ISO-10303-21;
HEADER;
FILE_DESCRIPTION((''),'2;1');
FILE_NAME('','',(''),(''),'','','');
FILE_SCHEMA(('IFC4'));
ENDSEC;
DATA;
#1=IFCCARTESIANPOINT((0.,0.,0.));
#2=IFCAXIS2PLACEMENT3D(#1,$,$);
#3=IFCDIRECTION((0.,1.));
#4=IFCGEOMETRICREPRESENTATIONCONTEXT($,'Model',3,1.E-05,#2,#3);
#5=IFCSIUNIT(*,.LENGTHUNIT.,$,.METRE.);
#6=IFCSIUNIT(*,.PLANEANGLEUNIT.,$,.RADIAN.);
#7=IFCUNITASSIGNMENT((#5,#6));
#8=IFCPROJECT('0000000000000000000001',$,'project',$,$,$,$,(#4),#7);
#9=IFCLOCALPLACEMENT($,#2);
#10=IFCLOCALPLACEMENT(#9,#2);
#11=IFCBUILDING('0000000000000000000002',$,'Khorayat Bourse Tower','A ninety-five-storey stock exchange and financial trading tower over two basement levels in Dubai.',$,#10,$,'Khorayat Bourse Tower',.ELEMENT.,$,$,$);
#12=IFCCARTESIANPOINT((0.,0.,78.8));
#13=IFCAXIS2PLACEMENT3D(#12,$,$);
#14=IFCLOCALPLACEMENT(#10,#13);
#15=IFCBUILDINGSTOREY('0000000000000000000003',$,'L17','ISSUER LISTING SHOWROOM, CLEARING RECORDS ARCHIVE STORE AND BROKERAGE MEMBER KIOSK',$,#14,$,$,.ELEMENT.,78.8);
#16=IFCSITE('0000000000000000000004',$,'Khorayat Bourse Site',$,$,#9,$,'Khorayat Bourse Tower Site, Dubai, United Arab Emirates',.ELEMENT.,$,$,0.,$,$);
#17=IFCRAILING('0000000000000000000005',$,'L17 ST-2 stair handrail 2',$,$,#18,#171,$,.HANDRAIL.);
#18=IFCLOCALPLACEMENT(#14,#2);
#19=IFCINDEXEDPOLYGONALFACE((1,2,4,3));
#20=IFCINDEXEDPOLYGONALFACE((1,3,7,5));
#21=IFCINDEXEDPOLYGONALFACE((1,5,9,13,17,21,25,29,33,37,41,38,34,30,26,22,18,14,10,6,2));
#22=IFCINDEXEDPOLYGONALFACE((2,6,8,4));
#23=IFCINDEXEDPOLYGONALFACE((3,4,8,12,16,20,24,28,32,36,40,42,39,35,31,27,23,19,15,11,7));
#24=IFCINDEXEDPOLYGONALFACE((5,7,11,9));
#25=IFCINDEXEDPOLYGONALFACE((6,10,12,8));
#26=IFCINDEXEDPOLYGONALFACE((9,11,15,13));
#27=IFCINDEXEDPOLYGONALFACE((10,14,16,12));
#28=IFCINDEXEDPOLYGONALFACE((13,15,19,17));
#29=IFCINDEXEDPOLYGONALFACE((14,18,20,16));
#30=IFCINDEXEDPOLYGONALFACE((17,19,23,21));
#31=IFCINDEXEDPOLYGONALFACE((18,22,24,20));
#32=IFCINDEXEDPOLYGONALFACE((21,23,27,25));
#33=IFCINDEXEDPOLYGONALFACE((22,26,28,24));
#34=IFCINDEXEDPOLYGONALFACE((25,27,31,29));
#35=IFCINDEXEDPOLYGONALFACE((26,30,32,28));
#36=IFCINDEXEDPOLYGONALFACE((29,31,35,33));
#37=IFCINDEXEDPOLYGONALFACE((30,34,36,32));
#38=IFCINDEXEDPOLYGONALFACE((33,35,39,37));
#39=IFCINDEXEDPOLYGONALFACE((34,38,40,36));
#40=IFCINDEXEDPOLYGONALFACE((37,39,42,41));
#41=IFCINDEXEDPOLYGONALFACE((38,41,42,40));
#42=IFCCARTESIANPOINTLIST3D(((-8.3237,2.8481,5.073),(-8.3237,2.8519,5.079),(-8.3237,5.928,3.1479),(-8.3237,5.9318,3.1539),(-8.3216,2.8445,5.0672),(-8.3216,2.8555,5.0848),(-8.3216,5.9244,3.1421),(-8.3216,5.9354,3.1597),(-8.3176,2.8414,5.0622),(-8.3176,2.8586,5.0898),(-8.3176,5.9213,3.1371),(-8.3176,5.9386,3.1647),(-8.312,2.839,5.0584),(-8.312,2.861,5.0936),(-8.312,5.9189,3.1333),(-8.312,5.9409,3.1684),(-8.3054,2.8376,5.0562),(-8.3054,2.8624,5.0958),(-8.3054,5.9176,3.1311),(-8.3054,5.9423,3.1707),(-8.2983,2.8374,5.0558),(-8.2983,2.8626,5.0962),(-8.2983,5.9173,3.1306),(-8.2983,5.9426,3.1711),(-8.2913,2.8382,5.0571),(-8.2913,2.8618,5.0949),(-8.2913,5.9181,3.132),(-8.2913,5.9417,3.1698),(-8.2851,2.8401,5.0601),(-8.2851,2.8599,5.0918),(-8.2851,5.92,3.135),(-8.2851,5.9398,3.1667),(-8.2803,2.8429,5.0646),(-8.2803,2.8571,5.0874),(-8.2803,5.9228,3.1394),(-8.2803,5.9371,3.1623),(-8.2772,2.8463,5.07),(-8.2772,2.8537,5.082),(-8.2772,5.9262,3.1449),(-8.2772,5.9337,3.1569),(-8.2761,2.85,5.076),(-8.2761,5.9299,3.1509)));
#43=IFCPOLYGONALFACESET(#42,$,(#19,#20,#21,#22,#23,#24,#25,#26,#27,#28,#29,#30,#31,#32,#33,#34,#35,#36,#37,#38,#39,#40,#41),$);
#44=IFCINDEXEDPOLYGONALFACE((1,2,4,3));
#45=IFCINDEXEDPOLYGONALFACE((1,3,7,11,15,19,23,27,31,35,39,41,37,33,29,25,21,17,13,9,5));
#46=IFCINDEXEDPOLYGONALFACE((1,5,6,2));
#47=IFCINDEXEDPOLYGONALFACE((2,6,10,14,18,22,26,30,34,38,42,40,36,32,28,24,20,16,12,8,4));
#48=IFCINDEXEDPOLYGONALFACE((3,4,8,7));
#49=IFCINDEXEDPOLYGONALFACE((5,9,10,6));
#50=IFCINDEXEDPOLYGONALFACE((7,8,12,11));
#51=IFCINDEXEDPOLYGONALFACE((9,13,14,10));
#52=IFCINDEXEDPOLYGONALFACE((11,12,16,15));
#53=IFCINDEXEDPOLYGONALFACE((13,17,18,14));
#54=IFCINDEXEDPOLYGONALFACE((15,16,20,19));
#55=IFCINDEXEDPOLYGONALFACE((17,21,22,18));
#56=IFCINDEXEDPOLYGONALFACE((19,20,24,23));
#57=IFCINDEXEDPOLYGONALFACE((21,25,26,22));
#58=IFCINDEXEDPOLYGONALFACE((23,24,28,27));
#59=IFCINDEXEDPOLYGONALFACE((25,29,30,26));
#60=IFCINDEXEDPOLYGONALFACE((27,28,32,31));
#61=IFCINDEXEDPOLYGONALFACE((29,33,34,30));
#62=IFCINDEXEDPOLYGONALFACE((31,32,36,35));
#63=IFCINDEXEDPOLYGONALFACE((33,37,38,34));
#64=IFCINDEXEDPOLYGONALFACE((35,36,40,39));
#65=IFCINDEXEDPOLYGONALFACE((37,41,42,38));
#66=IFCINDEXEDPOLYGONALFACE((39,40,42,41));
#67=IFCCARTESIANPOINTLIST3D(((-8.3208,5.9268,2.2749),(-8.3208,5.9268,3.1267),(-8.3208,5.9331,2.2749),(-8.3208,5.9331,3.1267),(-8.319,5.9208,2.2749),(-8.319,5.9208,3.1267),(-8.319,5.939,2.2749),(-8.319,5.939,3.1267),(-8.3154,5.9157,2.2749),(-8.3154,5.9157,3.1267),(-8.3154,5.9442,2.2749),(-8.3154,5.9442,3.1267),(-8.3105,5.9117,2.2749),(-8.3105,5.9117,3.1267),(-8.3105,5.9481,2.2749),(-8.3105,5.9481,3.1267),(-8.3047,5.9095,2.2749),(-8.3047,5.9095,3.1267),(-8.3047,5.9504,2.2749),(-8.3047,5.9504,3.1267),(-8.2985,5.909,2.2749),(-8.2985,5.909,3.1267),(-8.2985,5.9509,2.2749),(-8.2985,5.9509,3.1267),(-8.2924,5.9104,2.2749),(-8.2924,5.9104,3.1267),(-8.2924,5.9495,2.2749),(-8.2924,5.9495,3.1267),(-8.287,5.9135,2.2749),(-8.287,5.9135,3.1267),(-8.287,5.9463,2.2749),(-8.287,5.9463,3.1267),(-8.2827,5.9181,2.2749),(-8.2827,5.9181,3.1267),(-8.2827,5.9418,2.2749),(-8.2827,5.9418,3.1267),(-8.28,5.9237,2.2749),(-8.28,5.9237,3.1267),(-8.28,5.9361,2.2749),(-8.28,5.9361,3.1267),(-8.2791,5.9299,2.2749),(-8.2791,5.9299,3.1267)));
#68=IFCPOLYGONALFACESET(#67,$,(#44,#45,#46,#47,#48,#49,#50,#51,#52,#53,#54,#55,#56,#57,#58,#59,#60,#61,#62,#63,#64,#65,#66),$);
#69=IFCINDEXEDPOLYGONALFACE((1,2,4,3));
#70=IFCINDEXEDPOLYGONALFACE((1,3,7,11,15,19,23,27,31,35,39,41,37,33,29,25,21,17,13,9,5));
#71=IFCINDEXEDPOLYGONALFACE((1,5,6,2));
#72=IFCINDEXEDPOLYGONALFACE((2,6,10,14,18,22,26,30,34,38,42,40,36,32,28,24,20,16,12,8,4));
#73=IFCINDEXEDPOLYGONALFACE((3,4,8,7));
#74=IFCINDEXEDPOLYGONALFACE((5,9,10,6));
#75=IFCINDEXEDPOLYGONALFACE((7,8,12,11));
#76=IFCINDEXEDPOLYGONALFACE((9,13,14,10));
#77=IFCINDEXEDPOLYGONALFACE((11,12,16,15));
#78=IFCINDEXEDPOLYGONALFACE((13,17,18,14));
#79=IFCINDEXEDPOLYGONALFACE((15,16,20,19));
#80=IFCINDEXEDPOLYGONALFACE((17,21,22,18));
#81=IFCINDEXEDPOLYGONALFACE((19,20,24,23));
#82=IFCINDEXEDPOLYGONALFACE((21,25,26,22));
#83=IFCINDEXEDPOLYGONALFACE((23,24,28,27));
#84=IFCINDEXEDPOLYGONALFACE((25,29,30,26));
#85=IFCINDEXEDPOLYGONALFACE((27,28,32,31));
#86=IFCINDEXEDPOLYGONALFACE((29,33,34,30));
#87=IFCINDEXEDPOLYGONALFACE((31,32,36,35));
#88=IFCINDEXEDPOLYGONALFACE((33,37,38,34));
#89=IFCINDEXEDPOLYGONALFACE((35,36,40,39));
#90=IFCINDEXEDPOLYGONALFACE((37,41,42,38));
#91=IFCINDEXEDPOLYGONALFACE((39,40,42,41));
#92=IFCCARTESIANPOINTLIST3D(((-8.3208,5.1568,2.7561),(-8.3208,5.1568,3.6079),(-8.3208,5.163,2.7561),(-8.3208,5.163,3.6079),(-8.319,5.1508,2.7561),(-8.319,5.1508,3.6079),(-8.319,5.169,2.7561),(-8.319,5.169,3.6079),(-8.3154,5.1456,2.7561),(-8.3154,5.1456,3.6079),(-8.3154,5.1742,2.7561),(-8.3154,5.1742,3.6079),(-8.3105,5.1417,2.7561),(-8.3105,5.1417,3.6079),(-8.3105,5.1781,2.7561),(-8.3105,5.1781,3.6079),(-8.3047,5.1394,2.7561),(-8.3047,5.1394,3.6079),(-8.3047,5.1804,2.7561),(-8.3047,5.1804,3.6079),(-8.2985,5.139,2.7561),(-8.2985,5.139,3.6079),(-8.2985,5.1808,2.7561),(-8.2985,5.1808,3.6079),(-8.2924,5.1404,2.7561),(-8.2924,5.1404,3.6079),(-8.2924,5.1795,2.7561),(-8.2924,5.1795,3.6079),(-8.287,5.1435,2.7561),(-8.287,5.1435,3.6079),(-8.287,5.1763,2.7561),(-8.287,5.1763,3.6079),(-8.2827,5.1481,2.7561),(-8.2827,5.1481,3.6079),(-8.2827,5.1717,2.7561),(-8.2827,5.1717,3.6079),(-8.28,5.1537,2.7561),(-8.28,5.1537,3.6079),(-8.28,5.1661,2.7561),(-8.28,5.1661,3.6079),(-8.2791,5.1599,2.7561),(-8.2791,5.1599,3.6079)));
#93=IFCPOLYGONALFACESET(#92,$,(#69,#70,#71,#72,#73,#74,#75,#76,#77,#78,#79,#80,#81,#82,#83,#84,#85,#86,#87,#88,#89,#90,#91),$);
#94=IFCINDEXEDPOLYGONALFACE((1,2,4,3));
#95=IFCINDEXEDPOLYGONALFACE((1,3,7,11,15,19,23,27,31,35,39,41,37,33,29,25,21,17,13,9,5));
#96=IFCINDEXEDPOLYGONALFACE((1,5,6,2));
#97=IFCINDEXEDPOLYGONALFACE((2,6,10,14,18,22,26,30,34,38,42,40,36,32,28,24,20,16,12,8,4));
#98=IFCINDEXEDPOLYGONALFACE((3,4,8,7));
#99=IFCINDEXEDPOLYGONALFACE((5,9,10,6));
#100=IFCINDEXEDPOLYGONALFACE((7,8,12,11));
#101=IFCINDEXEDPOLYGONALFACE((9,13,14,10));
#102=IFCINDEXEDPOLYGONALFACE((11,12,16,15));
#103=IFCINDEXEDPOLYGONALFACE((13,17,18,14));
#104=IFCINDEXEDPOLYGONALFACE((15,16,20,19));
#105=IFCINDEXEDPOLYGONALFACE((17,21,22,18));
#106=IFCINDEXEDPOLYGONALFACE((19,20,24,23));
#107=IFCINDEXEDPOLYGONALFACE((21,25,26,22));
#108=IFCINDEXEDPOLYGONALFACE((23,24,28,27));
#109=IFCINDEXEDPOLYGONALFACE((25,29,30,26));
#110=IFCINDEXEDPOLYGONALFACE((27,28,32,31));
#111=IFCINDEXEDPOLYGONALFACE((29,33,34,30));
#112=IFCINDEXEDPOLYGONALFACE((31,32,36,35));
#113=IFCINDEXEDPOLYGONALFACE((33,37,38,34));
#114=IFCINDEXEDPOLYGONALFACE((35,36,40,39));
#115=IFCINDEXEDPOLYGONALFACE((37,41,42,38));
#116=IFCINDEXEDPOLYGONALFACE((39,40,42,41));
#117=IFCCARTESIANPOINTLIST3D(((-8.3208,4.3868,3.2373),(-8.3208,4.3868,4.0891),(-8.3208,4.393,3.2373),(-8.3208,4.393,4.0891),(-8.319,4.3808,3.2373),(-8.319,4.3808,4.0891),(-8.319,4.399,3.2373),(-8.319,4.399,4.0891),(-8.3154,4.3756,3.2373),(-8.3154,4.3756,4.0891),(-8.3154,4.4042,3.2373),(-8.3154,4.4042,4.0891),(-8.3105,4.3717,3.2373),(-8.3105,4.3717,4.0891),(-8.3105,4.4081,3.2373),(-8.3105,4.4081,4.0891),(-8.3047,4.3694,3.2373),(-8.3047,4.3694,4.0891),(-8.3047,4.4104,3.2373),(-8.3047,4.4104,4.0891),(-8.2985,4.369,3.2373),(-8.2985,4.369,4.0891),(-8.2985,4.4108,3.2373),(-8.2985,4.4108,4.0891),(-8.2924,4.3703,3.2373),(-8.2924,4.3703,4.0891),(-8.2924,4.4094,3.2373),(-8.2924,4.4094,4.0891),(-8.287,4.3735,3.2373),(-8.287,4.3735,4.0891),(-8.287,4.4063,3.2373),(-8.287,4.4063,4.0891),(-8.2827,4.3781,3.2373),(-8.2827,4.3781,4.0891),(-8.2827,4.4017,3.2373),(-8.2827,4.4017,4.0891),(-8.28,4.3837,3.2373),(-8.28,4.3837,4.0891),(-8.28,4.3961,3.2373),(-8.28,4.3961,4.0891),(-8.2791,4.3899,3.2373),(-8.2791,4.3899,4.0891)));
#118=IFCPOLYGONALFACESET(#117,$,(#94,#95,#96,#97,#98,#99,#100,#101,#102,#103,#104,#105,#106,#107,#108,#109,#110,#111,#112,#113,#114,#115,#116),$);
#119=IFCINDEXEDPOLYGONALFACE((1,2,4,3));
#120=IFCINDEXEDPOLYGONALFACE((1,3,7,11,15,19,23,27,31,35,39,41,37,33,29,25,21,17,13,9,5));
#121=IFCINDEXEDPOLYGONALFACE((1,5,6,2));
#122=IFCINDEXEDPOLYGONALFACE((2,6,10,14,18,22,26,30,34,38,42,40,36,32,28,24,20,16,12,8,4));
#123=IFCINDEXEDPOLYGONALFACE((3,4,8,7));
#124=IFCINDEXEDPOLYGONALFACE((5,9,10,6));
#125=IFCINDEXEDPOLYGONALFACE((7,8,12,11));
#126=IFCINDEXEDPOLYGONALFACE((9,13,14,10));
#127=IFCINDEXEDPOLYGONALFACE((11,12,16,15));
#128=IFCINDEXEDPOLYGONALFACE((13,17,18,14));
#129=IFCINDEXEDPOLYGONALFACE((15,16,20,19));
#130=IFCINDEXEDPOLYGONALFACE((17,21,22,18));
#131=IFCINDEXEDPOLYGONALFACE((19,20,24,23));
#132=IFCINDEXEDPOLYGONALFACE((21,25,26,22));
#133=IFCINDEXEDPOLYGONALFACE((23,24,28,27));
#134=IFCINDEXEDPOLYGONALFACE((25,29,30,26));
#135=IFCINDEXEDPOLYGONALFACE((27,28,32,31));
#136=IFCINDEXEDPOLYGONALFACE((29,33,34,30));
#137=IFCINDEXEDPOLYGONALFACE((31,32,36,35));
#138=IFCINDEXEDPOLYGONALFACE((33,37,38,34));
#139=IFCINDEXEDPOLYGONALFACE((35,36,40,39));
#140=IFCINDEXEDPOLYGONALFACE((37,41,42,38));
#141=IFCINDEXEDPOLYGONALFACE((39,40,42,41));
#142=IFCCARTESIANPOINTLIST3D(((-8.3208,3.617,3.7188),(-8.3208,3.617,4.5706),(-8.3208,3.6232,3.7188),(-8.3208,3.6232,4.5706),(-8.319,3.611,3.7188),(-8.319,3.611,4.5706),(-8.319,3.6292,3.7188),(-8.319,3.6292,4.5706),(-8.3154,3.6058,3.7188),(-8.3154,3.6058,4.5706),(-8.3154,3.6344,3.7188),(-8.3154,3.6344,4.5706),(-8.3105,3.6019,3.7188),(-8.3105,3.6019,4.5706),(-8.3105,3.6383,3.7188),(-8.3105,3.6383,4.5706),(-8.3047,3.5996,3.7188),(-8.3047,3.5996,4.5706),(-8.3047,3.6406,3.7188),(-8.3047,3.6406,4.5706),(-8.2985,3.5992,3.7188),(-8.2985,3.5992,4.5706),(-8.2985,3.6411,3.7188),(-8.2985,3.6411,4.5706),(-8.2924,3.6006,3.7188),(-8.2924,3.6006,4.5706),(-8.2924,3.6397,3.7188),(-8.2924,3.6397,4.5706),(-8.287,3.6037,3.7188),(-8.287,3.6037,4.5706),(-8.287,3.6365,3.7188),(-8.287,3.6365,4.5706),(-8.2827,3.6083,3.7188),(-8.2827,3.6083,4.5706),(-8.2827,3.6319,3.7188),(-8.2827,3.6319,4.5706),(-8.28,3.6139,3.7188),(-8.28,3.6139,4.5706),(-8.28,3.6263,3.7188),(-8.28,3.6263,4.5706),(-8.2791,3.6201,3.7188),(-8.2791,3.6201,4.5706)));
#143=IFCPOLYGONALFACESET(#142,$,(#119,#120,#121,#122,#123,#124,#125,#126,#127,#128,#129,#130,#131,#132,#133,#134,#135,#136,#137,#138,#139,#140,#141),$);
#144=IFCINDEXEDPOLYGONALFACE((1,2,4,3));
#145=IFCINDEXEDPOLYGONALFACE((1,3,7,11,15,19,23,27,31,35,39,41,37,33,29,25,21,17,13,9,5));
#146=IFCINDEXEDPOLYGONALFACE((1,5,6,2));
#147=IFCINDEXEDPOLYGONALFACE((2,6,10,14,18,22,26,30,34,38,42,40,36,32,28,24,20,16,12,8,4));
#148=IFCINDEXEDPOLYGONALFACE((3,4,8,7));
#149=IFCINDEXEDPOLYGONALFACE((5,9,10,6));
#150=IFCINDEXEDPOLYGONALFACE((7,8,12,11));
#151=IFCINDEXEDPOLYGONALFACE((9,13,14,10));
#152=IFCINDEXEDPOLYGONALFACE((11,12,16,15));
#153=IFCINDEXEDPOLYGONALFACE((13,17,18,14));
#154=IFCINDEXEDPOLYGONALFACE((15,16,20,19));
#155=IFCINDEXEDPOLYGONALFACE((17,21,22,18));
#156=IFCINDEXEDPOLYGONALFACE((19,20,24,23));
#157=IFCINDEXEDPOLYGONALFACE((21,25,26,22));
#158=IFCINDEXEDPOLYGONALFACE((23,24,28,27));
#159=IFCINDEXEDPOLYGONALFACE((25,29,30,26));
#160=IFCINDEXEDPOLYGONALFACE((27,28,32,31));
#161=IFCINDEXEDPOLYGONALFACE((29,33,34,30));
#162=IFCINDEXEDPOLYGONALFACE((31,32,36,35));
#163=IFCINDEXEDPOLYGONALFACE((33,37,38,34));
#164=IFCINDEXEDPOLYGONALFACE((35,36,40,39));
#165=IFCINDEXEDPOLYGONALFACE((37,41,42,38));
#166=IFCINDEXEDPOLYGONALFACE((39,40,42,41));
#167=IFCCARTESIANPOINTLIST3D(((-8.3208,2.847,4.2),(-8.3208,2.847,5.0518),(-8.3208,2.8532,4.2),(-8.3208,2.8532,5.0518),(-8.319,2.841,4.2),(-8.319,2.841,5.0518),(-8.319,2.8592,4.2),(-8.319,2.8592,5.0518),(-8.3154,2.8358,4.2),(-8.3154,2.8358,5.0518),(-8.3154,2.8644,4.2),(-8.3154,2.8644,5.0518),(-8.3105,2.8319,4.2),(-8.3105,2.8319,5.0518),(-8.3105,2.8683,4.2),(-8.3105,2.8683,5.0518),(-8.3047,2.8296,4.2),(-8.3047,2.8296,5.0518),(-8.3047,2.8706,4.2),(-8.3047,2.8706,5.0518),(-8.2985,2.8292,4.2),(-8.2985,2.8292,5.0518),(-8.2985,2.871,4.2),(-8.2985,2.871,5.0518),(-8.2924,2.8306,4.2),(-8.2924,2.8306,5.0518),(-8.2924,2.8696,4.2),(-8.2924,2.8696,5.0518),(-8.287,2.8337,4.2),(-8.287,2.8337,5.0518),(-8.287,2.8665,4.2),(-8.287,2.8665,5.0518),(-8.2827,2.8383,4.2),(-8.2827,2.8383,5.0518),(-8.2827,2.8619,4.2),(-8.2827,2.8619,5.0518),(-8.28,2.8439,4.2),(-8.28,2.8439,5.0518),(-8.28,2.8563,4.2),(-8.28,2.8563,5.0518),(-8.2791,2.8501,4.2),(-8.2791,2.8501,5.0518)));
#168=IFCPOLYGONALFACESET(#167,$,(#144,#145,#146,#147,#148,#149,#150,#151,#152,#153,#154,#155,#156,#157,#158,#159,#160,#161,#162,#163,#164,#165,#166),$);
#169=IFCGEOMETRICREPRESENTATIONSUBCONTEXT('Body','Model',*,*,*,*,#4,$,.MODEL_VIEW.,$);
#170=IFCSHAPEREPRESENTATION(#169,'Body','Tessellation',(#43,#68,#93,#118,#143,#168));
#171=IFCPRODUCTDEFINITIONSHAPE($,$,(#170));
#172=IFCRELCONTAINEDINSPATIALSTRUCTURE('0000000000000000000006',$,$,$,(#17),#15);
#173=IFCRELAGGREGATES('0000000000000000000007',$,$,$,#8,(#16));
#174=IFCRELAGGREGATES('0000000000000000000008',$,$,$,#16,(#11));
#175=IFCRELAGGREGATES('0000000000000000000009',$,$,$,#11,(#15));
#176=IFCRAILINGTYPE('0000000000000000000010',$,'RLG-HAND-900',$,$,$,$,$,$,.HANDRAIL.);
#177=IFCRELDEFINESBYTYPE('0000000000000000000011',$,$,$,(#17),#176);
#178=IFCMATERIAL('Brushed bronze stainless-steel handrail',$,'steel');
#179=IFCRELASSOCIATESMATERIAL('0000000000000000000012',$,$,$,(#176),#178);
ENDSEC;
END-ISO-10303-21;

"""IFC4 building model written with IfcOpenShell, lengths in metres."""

from ifc_helpers import new_model, si_unit, direction, frame, origin, origin_2d, place, context, subcontext, project, spatial, circle, extrude, source, transform, mapped, material, type_object, element, save


model = new_model("IFC4")

# Units and contexts
model_context = context("Model", 3, precision=1e-05, world=origin(), true_north=direction((0.0, 1.0)))
body_context = subcontext(model_context, "Body", "Model", "MODEL_VIEW")
ifc_project = project(units=[si_unit("LENGTHUNIT", "METRE"), si_unit("PLANEANGLEUNIT", "RADIAN")], contexts=[model_context])

# Site, building, storey
site_placement = place(None, origin())
site = spatial("IfcSite", under=ifc_project, at=site_placement, Name="Khorayat Bourse Site", LongName="Khorayat Bourse Tower Site, Dubai, United Arab Emirates", CompositionType="ELEMENT", RefElevation=0.0)
building_placement = place(site_placement, origin())
building = spatial("IfcBuilding", under=site, at=building_placement, Name="Khorayat Bourse Tower", Description="A ninety-five-storey stock exchange and financial trading tower over two basement levels in Dubai.", LongName="Khorayat Bourse Tower", CompositionType="ELEMENT")
storey_placement = place(building_placement, frame((0.0, 0.0, 78.8)))
storey = spatial("IfcBuildingStorey", under=building, at=storey_placement, Name="L17", Description="ISSUER LISTING SHOWROOM, CLEARING RECORDS ARCHIVE STORE AND BROKERAGE MEMBER KIOSK", CompositionType="ELEMENT", Elevation=78.8)

# Railing
ifc_material_1 = material(Name="Brushed bronze stainless-steel handrail", Category="steel")
railing_type_1 = type_object("IfcRailingType", Name="RLG-HAND-900", PredefinedType="HANDRAIL", material=ifc_material_1)
shared_shape_1 = source(origin(), body_context, "Body", "SweptSolid", [
    extrude(circle(Radius=0.0239, at=origin_2d()), frame((0.0, 0.0, 0.876), z_axis=(0.0, -0.847979, 0.530029), x_axis=(1.0, 0.0, 0.0)), (0.0, 0.0, 1.0), 3.6321),
    extrude(circle(Radius=0.021, at=origin_2d()), origin(), (0.0, 0.0, 1.0), 0.8518),
    extrude(circle(Radius=0.021, at=origin_2d()), frame((0.0, -0.77, 0.4812)), (0.0, 0.0, 1.0), 0.8518),
    extrude(circle(Radius=0.021, at=origin_2d()), frame((0.0, -1.54, 0.9624)), (0.0, 0.0, 1.0), 0.8518),
    extrude(circle(Radius=0.021, at=origin_2d()), frame((0.0, -2.3098, 1.4438)), (0.0, 0.0, 1.0), 0.8518),
    extrude(circle(Radius=0.021, at=origin_2d()), frame((0.0, -3.0798, 1.925)), (0.0, 0.0, 1.0), 0.8518),
])
railing_1_placement = place(storey_placement, frame((-8.3, 5.9299, 2.2749)))
element("IfcRailing", 1, at=railing_1_placement, inside=storey, type_object=railing_type_1, Name="L17 ST-2 stair handrail 2", PredefinedType="HANDRAIL", context=body_context, shape_type="MappedRepresentation", body=[
    mapped(shared_shape_1, transform((0.0, 0.0, 0.0), scale=1.0)),
])

save(model, "model.ifc")
